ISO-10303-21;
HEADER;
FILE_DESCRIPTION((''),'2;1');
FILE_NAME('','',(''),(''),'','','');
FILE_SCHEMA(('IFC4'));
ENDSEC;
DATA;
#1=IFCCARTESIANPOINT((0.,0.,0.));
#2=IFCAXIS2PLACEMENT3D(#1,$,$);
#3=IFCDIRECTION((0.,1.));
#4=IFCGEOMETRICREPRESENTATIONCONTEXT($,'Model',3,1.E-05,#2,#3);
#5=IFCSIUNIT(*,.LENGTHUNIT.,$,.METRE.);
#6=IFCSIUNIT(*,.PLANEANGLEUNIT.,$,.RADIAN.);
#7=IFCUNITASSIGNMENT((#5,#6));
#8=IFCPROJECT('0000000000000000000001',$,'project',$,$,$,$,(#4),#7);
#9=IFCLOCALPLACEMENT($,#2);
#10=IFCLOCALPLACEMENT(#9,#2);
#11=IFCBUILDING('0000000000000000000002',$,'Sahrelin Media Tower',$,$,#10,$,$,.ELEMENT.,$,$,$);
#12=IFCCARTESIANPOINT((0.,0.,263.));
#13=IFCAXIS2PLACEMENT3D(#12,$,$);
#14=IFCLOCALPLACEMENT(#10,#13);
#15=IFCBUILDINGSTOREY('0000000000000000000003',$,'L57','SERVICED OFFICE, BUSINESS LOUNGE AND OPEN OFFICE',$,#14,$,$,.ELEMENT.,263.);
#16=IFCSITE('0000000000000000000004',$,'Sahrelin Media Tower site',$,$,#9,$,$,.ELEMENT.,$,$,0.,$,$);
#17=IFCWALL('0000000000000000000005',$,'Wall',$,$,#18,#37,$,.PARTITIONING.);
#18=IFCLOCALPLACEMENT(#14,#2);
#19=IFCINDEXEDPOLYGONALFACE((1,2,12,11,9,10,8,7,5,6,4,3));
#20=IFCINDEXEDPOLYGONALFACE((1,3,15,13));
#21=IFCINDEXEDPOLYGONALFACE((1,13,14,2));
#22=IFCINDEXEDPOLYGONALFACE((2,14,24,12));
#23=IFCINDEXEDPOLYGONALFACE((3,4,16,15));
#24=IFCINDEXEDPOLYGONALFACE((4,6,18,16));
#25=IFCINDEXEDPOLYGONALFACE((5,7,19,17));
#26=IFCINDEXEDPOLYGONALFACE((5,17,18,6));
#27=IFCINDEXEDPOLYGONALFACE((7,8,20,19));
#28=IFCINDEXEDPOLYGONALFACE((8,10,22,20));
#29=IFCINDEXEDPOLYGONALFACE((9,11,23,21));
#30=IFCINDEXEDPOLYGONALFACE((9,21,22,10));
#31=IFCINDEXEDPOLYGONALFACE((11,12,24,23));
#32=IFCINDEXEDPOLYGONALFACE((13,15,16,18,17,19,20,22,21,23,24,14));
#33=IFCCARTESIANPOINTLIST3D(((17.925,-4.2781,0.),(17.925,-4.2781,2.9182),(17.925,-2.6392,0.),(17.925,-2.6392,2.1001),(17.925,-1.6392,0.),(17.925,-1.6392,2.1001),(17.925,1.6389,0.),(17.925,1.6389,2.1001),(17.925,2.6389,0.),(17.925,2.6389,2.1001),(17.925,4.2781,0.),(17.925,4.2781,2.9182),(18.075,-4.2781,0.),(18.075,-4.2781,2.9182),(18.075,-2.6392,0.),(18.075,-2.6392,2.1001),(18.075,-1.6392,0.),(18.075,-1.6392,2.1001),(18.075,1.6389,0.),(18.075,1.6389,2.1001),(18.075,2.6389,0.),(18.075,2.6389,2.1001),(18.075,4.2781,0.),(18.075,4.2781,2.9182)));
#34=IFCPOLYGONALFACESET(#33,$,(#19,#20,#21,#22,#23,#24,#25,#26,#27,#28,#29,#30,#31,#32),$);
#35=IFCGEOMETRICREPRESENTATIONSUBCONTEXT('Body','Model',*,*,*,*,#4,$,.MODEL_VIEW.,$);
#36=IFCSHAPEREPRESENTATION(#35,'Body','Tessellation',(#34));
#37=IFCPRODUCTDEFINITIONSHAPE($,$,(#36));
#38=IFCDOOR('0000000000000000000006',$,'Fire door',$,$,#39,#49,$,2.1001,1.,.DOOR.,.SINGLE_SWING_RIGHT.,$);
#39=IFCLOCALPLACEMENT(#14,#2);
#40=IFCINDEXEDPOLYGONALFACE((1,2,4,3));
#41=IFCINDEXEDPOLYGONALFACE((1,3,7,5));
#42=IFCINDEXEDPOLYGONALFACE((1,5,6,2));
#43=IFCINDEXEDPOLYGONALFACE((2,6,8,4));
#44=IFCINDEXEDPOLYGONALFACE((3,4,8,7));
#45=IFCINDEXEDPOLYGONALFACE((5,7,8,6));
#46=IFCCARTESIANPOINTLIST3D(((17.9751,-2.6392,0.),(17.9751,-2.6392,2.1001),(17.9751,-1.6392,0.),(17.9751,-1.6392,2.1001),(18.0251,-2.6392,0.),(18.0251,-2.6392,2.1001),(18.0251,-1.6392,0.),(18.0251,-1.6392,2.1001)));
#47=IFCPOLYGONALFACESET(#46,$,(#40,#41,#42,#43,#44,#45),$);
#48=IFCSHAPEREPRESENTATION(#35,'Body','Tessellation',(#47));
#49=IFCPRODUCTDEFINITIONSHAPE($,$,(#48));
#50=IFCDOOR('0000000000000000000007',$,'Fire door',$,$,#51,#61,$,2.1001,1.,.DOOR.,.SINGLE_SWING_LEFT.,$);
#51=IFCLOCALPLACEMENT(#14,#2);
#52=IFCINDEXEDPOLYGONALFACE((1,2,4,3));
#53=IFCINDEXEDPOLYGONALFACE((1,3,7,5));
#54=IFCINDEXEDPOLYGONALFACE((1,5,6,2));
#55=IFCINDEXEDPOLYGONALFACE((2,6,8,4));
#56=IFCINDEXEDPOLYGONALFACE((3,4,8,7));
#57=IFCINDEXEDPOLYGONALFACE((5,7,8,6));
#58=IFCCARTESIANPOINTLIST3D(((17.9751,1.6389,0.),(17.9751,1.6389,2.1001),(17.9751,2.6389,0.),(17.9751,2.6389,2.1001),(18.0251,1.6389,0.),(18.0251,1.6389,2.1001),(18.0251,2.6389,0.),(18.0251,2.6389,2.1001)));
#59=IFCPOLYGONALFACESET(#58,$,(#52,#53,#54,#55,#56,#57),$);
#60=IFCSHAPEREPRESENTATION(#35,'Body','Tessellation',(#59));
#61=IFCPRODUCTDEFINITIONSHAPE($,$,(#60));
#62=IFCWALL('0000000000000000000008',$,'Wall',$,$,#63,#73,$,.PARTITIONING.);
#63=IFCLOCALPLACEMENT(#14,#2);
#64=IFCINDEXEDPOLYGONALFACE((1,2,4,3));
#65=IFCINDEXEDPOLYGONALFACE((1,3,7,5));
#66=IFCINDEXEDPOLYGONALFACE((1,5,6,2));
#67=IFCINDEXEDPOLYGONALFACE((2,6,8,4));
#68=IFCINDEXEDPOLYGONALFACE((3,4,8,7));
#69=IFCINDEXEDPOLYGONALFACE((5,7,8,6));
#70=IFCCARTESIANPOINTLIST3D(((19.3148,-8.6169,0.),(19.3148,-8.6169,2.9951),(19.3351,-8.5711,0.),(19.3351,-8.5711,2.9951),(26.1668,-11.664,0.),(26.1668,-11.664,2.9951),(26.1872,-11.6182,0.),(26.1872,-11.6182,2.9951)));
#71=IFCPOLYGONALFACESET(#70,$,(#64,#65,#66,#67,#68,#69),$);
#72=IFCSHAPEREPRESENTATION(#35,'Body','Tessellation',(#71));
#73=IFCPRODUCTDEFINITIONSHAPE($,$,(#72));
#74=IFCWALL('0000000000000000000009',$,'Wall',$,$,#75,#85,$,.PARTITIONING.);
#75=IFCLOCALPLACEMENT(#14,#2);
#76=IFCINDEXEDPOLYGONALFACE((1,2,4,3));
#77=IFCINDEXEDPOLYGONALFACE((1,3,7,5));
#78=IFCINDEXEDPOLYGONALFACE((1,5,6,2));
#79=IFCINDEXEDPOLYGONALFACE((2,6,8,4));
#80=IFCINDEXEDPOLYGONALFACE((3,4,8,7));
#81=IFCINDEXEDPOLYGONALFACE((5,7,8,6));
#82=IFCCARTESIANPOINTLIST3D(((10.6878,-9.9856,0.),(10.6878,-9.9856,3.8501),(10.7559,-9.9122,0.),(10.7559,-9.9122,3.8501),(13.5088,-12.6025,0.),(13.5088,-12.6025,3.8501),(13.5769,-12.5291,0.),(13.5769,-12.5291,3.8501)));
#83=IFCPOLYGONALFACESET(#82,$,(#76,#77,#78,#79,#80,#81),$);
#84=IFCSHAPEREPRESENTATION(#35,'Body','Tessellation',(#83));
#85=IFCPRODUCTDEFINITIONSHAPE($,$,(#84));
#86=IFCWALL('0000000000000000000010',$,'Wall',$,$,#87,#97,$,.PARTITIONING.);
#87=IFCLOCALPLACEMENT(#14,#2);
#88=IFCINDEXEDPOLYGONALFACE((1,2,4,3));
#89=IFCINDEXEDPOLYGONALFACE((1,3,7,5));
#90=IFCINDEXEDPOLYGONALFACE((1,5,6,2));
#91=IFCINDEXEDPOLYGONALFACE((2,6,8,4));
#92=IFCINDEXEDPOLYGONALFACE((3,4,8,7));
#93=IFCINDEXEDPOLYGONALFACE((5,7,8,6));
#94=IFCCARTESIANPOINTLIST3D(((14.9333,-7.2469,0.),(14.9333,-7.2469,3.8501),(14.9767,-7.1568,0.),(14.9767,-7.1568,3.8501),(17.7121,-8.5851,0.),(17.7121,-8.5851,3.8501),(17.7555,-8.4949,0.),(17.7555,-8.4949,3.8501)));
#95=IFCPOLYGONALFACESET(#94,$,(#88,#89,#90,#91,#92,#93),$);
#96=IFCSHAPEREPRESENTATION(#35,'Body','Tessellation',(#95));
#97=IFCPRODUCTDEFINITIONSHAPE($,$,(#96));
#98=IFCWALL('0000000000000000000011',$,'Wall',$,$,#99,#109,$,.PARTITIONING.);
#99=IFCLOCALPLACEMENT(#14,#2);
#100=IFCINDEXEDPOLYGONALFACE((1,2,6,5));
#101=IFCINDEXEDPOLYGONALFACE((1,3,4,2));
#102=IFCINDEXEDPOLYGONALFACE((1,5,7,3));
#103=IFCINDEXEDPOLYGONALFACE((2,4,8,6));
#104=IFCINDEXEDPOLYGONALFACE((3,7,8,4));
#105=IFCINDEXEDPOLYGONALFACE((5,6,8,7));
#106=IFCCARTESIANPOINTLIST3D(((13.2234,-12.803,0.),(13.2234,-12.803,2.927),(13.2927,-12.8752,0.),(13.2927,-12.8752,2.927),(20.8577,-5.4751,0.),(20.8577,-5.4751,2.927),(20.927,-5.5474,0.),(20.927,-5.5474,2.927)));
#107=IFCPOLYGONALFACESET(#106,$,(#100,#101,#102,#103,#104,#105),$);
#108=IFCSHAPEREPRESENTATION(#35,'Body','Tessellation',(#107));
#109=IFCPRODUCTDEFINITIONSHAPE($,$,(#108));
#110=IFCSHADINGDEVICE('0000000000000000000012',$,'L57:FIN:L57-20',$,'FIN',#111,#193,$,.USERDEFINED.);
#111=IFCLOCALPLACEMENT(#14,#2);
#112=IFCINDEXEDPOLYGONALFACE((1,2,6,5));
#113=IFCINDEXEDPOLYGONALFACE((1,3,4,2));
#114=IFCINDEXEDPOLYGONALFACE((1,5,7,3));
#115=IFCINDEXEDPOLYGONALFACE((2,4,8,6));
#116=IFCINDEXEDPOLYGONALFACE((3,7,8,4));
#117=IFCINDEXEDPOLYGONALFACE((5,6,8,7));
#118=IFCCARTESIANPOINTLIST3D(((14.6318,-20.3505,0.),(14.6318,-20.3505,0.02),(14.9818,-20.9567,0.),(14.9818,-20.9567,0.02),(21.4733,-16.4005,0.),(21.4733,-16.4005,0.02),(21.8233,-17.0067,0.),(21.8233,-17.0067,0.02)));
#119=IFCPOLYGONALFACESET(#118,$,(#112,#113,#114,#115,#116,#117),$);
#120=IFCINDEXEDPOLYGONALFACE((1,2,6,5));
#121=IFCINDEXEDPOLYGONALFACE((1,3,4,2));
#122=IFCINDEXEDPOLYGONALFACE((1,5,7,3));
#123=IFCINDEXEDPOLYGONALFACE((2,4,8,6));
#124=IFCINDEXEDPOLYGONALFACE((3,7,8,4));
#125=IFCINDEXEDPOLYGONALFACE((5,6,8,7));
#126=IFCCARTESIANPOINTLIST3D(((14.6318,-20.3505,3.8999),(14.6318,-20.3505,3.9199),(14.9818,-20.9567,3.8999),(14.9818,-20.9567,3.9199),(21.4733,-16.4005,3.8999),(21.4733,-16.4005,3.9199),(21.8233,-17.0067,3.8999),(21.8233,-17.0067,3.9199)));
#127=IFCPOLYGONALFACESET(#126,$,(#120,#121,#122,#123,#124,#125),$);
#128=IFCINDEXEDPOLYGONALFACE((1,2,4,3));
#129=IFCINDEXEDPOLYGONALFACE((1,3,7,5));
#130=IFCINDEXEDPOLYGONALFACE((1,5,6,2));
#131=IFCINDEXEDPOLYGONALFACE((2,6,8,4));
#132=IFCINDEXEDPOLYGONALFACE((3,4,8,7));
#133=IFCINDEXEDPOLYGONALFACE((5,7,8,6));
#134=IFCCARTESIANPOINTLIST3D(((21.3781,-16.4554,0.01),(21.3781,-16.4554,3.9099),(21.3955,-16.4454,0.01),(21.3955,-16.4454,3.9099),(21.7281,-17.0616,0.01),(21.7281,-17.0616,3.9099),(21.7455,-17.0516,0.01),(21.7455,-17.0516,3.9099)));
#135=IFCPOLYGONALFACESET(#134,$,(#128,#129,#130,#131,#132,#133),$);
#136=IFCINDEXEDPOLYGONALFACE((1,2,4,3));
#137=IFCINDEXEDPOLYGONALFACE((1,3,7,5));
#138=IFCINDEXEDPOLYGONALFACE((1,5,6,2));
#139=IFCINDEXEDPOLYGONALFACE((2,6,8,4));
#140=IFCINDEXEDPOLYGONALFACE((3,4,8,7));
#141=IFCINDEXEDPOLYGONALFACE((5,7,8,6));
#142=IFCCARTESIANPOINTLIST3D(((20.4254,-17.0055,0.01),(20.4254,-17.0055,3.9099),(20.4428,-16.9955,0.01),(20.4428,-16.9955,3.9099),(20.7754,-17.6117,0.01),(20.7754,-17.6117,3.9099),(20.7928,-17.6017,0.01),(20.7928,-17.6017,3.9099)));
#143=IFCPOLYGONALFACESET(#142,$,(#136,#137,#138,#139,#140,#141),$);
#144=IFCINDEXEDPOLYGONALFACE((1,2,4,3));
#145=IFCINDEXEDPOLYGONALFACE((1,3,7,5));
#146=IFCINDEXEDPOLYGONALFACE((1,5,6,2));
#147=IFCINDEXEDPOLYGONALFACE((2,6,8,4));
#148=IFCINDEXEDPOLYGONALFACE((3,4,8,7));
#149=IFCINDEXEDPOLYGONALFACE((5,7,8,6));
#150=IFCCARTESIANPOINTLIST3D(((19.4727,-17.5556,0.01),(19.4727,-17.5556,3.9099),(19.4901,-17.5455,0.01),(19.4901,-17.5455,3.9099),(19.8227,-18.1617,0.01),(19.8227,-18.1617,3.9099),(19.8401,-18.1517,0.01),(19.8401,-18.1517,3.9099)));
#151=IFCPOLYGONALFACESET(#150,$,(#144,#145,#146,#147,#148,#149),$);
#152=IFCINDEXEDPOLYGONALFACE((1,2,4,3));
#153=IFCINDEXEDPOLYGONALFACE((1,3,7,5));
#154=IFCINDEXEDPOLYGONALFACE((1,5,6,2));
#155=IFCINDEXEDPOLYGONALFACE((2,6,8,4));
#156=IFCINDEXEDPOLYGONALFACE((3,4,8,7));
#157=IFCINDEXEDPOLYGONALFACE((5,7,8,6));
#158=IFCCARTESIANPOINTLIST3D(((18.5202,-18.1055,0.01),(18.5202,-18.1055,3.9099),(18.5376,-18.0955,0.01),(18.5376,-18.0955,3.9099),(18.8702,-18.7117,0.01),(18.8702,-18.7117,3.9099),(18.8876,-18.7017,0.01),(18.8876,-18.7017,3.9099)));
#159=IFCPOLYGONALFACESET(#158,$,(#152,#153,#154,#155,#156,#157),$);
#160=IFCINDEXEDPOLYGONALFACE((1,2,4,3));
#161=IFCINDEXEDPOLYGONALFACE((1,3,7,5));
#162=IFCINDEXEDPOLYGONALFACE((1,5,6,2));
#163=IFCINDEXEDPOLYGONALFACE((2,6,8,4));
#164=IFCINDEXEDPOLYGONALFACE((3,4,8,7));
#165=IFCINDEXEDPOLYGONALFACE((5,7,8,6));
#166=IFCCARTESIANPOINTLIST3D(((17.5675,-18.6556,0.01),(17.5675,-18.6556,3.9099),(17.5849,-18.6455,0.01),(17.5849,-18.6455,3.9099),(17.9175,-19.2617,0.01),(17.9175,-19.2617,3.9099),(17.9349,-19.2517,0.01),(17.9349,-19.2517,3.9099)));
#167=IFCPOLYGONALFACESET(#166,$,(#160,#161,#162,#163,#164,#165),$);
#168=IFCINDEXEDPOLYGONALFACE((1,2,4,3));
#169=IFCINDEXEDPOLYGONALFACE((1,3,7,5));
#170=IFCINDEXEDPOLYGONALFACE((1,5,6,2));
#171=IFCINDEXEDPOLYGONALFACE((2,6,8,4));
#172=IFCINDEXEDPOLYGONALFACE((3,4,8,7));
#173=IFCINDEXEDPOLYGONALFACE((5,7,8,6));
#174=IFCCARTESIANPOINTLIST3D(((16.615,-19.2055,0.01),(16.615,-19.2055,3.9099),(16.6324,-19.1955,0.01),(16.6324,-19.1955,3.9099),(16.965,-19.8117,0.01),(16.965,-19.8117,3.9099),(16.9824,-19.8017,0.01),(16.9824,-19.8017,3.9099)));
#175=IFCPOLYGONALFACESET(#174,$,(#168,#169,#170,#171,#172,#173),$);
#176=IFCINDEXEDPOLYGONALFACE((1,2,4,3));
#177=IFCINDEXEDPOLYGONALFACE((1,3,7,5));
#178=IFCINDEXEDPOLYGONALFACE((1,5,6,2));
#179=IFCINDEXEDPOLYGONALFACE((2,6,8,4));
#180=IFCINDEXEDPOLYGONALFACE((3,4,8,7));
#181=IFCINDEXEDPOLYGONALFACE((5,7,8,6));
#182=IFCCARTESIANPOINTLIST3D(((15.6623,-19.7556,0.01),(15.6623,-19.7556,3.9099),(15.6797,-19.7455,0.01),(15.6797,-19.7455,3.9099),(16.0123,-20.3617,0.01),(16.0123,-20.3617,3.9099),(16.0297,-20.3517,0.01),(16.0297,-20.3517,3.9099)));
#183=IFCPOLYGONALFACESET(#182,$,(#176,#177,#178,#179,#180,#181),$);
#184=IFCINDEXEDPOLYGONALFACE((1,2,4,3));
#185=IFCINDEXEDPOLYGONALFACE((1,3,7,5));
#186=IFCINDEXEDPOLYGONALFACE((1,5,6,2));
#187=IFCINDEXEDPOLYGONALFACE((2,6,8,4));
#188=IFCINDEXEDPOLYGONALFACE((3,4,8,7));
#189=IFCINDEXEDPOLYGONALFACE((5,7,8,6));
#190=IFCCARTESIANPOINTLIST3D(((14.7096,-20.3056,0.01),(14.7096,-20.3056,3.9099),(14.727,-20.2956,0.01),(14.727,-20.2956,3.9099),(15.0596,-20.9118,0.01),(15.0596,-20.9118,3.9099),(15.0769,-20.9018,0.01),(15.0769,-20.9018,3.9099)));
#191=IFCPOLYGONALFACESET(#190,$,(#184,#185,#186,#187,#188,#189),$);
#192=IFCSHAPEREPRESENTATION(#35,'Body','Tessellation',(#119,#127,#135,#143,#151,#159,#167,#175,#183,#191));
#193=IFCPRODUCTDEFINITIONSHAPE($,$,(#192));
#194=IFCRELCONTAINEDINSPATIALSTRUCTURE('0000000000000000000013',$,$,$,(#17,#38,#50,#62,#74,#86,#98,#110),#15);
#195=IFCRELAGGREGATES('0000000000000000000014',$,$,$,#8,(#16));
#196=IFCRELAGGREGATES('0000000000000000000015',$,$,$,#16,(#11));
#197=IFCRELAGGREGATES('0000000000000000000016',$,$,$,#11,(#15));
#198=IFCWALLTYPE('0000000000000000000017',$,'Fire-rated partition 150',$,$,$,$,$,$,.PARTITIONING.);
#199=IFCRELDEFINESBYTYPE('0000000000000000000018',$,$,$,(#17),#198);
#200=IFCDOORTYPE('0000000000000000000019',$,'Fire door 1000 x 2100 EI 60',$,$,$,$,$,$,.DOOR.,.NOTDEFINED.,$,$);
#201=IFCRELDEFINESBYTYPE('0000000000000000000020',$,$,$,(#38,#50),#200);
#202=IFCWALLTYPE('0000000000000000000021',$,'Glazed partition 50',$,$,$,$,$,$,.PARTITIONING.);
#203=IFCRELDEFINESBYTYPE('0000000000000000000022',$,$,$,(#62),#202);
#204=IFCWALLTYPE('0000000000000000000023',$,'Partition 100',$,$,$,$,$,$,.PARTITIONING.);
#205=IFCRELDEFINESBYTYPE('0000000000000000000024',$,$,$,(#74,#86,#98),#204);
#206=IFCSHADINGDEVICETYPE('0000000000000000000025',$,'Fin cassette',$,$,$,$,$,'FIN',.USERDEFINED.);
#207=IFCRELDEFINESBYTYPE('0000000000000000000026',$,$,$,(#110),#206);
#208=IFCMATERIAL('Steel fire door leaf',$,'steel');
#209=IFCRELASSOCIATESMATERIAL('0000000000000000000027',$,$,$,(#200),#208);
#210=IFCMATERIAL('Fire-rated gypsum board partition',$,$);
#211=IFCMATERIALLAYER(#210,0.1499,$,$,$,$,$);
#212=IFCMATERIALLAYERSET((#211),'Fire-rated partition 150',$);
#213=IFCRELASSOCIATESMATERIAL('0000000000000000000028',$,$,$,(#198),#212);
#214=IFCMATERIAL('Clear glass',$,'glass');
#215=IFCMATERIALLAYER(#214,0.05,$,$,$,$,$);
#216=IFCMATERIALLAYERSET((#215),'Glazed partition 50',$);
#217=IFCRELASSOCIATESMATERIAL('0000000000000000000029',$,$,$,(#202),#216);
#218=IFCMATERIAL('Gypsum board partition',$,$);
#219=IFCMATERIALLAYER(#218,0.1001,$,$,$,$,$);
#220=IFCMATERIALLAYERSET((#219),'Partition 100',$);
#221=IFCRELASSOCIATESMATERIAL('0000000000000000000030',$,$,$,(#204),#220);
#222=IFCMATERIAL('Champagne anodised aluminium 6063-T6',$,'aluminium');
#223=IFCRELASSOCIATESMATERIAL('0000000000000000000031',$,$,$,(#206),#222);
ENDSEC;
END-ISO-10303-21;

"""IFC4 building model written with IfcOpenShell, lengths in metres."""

from ifc_helpers import new_model, si_unit, direction, frame, frame_2d, origin, origin_2d, place, context, subcontext, project, spatial, rectangle, extrude, material, layer, layer_set, type_object, element, fill, save


model = new_model("IFC4")

# Units and contexts
model_context = context("Model", 3, precision=1e-05, world=origin(), true_north=direction((0.0, 1.0)))
body_context = subcontext(model_context, "Body", "Model", "MODEL_VIEW")
ifc_project = project(units=[si_unit("LENGTHUNIT", "METRE"), si_unit("PLANEANGLEUNIT", "RADIAN")], contexts=[model_context])

# Site, building, storey
site_placement = place(None, origin())
site = spatial("IfcSite", under=ifc_project, at=site_placement, Name="Sahrelin Media Tower site", CompositionType="ELEMENT", RefElevation=0.0)
building_placement = place(site_placement, origin())
building = spatial("IfcBuilding", under=site, at=building_placement, Name="Sahrelin Media Tower", CompositionType="ELEMENT")
storey_placement = place(building_placement, frame((0.0, 0.0, 263.0)))
storey = spatial("IfcBuildingStorey", under=building, at=storey_placement, Name="L57", Description="SERVICED OFFICE, BUSINESS LOUNGE AND OPEN OFFICE", CompositionType="ELEMENT", Elevation=263.0)

# Shared definitions
ifc_material_1 = material(Name="Champagne anodised aluminium 6063-T6", Category="aluminium")

# Shared definitions
ifc_material_2 = material(Name="Steel fire door leaf", Category="steel")
door_type_1 = type_object("IfcDoorType", Name="Fire door 1000 x 2100 EI 60", OperationType="NOTDEFINED", PredefinedType="DOOR", material=ifc_material_2)

# Shared definitions
ifc_material_3 = material(Name="Fire-rated gypsum board partition")
ifc_layer_1 = layer(ifc_material_3, 0.1499)
ifc_layer_set_1 = layer_set([ifc_layer_1], Name="Fire-rated partition 150")
wall_type_1 = type_object("IfcWallType", Name="Fire-rated partition 150", PredefinedType="PARTITIONING", material=ifc_layer_set_1)

# Wall, openings, doors
wall_1_placement = place(storey_placement, frame((18.0, -4.2781, 0.0), z_axis=(0.0, 0.0, 1.0), x_axis=(0.0, 1.0, 0.0)))
wall_1 = element("IfcWall", 1, at=wall_1_placement, inside=storey, type_object=wall_type_1, Name="Wall", PredefinedType="PARTITIONING", context=body_context, shape_type="SweptSolid", body=[
    extrude(rectangle(XDim=8.5562, YDim=0.1499, at=frame_2d((4.2781, 0.0))), origin(), (0.0, 0.0, 1.0), 2.9182),
])
opening_1_placement = place(wall_1_placement, frame((1.6389, 0.0, 0.0)))
opening_1 = element("IfcOpeningElement", 2, at=opening_1_placement, cuts=wall_1, PredefinedType="OPENING", context=body_context, shape_type="SweptSolid", body=[
    extrude(rectangle(XDim=1.0, YDim=2.1001, at=frame_2d((0.5, 1.05))), frame((0.0, 0.075, 0.0), z_axis=(0.0, -1.0, 0.0), x_axis=(1.0, 0.0, 0.0)), (0.0, 0.0, 1.0), 0.1499),
])
opening_2_placement = place(wall_1_placement, frame((5.917, 0.0, 0.0)))
opening_2 = element("IfcOpeningElement", 3, at=opening_2_placement, cuts=wall_1, PredefinedType="OPENING", context=body_context, shape_type="SweptSolid", body=[
    extrude(rectangle(XDim=1.0, YDim=2.1001, at=frame_2d((0.5, 1.05))), frame((0.0, 0.075, 0.0), z_axis=(0.0, -1.0, 0.0), x_axis=(1.0, 0.0, 0.0)), (0.0, 0.0, 1.0), 0.1499),
])
door_1_placement = place(opening_1_placement, origin())
door_1 = element("IfcDoor", 4, at=door_1_placement, inside=storey, type_object=door_type_1, Name="Fire door", OperationType="SINGLE_SWING_RIGHT", OverallHeight=2.1001, OverallWidth=1.0, PredefinedType="DOOR", context=body_context, shape_type="SweptSolid", body=[
    extrude(rectangle(XDim=1.0, YDim=2.1001, at=frame_2d((0.5, 1.05))), frame((0.0, 0.0249, 0.0), z_axis=(0.0, -1.0, 0.0), x_axis=(1.0, 0.0, 0.0)), (0.0, 0.0, 1.0), 0.05),
])
fill(opening_1, door_1)
door_2_placement = place(opening_2_placement, origin())
door_2 = element("IfcDoor", 5, at=door_2_placement, inside=storey, type_object=door_type_1, Name="Fire door", OperationType="SINGLE_SWING_LEFT", OverallHeight=2.1001, OverallWidth=1.0, PredefinedType="DOOR", context=body_context, shape_type="SweptSolid", body=[
    extrude(rectangle(XDim=1.0, YDim=2.1001, at=frame_2d((0.5, 1.05))), frame((0.0, 0.0249, 0.0), z_axis=(0.0, -1.0, 0.0), x_axis=(1.0, 0.0, 0.0)), (0.0, 0.0, 1.0), 0.05),
])
fill(opening_2, door_2)

# Walls
ifc_material_4 = material(Name="Clear glass", Category="glass")
ifc_layer_2 = layer(ifc_material_4, 0.05)
ifc_layer_set_2 = layer_set([ifc_layer_2], Name="Glazed partition 50")
wall_type_2 = type_object("IfcWallType", Name="Glazed partition 50", PredefinedType="PARTITIONING", material=ifc_layer_set_2)
wall_2_placement = place(storey_placement, frame((19.325, -8.594, 0.0), z_axis=(0.0, 0.0, 1.0), x_axis=(0.913724, -0.406335, 0.0)))
element("IfcWall", 6, at=wall_2_placement, inside=storey, type_object=wall_type_2, Name="Wall", PredefinedType="PARTITIONING", context=body_context, shape_type="SweptSolid", body=[
    extrude(rectangle(XDim=7.499, YDim=0.05, at=frame_2d((3.7495, 0.0))), origin(), (0.0, 0.0, 1.0), 2.9951),
])
ifc_material_5 = material(Name="Gypsum board partition")
ifc_layer_3 = layer(ifc_material_5, 0.1001)
ifc_layer_set_3 = layer_set([ifc_layer_3], Name="Partition 100")
wall_type_3 = type_object("IfcWallType", Name="Partition 100", PredefinedType="PARTITIONING", material=ifc_layer_set_3)
wall_3_placement = place(storey_placement, frame((10.7219, -9.949, 0.0), z_axis=(0.0, 0.0, 1.0), x_axis=(0.73313, -0.680088, 0.0)))
element("IfcWall", 7, at=wall_3_placement, inside=storey, type_object=wall_type_3, Name="Wall", PredefinedType="PARTITIONING", context=body_context, shape_type="SweptSolid", body=[
    extrude(rectangle(XDim=3.8479, YDim=0.1001, at=frame_2d((1.9238, 0.0))), origin(), (0.0, 0.0, 1.0), 3.8501),
])
wall_4_placement = place(storey_placement, frame((14.9551, -7.2019, 0.0), z_axis=(0.0, 0.0, 1.0), x_axis=(0.900978, -0.433866, 0.0)))
element("IfcWall", 8, at=wall_4_placement, inside=storey, type_object=wall_type_3, Name="Wall", PredefinedType="PARTITIONING", context=body_context, shape_type="SweptSolid", body=[
    extrude(rectangle(XDim=3.0842, YDim=0.1001, at=frame_2d((1.542, 0.0))), origin(), (0.0, 0.0, 1.0), 3.8501),
])
wall_5_placement = place(storey_placement, frame((13.2581, -12.8391, 0.0), z_axis=(0.0, 0.0, 1.0), x_axis=(0.721436, 0.692481, 0.0)))
element("IfcWall", 9, at=wall_5_placement, inside=storey, type_object=wall_type_3, Name="Wall", PredefinedType="PARTITIONING", context=body_context, shape_type="SweptSolid", body=[
    extrude(rectangle(XDim=10.582, YDim=0.1001, at=frame_2d((5.291, 0.0))), origin(), (0.0, 0.0, 1.0), 2.927),
])

# Shading device
shading_device_type_1 = type_object("IfcShadingDeviceType", Name="Fin cassette", ElementType="FIN", PredefinedType="USERDEFINED", material=ifc_material_1)
placement = place(storey_placement, frame((18.0176, -18.3149, 0.0), z_axis=(0.0, 0.0, 1.0), x_axis=(-0.866019, -0.500011, 0.0)))
element("IfcShadingDevice", 10, at=placement, inside=storey, type_object=shading_device_type_1, Name="L57:FIN:L57-20", ObjectType="FIN", PredefinedType="USERDEFINED", context=body_context, shape_type="SweptSolid", body=[
    extrude(rectangle(XDim=7.8999, YDim=0.7, at=origin_2d()), frame((0.0, 0.4199, 0.0)), (0.0, 0.0, 1.0), 0.02),
    extrude(rectangle(XDim=7.8999, YDim=0.7, at=origin_2d()), frame((0.0, 0.4199, 3.8999)), (0.0, 0.0, 1.0), 0.02),
    extrude(rectangle(XDim=0.02, YDim=0.7, at=origin_2d()), frame((-3.8501, 0.4199, 0.01), z_axis=(0.0, 0.0, 1.0), x_axis=(1.0, 0.0, 0.0)), (0.0, 0.0, 1.0), 3.8999),
    extrude(rectangle(XDim=0.02, YDim=0.7, at=origin_2d()), frame((-2.75, 0.4199, 0.01), z_axis=(0.0, 0.0, 1.0), x_axis=(1.0, 0.0, 0.0)), (0.0, 0.0, 1.0), 3.8999),
    extrude(rectangle(XDim=0.02, YDim=0.7, at=origin_2d()), frame((-1.6499, 0.4199, 0.01), z_axis=(0.0, 0.0, 1.0), x_axis=(1.0, 0.0, 0.0)), (0.0, 0.0, 1.0), 3.8999),
    extrude(rectangle(XDim=0.02, YDim=0.7, at=origin_2d()), frame((-0.55, 0.4199, 0.01), z_axis=(0.0, 0.0, 1.0), x_axis=(1.0, 0.0, 0.0)), (0.0, 0.0, 1.0), 3.8999),
    extrude(rectangle(XDim=0.02, YDim=0.7, at=origin_2d()), frame((0.55, 0.4199, 0.01), z_axis=(0.0, 0.0, 1.0), x_axis=(1.0, 0.0, 0.0)), (0.0, 0.0, 1.0), 3.8999),
    extrude(rectangle(XDim=0.02, YDim=0.7, at=origin_2d()), frame((1.6499, 0.4199, 0.01), z_axis=(0.0, 0.0, 1.0), x_axis=(1.0, 0.0, 0.0)), (0.0, 0.0, 1.0), 3.8999),
    extrude(rectangle(XDim=0.02, YDim=0.7, at=origin_2d()), frame((2.75, 0.4199, 0.01), z_axis=(0.0, 0.0, 1.0), x_axis=(1.0, 0.0, 0.0)), (0.0, 0.0, 1.0), 3.8999),
    extrude(rectangle(XDim=0.02, YDim=0.7, at=origin_2d()), frame((3.8501, 0.4199, 0.01), z_axis=(0.0, 0.0, 1.0), x_axis=(1.0, 0.0, 0.0)), (0.0, 0.0, 1.0), 3.8999),
])

save(model, "model.ifc")
